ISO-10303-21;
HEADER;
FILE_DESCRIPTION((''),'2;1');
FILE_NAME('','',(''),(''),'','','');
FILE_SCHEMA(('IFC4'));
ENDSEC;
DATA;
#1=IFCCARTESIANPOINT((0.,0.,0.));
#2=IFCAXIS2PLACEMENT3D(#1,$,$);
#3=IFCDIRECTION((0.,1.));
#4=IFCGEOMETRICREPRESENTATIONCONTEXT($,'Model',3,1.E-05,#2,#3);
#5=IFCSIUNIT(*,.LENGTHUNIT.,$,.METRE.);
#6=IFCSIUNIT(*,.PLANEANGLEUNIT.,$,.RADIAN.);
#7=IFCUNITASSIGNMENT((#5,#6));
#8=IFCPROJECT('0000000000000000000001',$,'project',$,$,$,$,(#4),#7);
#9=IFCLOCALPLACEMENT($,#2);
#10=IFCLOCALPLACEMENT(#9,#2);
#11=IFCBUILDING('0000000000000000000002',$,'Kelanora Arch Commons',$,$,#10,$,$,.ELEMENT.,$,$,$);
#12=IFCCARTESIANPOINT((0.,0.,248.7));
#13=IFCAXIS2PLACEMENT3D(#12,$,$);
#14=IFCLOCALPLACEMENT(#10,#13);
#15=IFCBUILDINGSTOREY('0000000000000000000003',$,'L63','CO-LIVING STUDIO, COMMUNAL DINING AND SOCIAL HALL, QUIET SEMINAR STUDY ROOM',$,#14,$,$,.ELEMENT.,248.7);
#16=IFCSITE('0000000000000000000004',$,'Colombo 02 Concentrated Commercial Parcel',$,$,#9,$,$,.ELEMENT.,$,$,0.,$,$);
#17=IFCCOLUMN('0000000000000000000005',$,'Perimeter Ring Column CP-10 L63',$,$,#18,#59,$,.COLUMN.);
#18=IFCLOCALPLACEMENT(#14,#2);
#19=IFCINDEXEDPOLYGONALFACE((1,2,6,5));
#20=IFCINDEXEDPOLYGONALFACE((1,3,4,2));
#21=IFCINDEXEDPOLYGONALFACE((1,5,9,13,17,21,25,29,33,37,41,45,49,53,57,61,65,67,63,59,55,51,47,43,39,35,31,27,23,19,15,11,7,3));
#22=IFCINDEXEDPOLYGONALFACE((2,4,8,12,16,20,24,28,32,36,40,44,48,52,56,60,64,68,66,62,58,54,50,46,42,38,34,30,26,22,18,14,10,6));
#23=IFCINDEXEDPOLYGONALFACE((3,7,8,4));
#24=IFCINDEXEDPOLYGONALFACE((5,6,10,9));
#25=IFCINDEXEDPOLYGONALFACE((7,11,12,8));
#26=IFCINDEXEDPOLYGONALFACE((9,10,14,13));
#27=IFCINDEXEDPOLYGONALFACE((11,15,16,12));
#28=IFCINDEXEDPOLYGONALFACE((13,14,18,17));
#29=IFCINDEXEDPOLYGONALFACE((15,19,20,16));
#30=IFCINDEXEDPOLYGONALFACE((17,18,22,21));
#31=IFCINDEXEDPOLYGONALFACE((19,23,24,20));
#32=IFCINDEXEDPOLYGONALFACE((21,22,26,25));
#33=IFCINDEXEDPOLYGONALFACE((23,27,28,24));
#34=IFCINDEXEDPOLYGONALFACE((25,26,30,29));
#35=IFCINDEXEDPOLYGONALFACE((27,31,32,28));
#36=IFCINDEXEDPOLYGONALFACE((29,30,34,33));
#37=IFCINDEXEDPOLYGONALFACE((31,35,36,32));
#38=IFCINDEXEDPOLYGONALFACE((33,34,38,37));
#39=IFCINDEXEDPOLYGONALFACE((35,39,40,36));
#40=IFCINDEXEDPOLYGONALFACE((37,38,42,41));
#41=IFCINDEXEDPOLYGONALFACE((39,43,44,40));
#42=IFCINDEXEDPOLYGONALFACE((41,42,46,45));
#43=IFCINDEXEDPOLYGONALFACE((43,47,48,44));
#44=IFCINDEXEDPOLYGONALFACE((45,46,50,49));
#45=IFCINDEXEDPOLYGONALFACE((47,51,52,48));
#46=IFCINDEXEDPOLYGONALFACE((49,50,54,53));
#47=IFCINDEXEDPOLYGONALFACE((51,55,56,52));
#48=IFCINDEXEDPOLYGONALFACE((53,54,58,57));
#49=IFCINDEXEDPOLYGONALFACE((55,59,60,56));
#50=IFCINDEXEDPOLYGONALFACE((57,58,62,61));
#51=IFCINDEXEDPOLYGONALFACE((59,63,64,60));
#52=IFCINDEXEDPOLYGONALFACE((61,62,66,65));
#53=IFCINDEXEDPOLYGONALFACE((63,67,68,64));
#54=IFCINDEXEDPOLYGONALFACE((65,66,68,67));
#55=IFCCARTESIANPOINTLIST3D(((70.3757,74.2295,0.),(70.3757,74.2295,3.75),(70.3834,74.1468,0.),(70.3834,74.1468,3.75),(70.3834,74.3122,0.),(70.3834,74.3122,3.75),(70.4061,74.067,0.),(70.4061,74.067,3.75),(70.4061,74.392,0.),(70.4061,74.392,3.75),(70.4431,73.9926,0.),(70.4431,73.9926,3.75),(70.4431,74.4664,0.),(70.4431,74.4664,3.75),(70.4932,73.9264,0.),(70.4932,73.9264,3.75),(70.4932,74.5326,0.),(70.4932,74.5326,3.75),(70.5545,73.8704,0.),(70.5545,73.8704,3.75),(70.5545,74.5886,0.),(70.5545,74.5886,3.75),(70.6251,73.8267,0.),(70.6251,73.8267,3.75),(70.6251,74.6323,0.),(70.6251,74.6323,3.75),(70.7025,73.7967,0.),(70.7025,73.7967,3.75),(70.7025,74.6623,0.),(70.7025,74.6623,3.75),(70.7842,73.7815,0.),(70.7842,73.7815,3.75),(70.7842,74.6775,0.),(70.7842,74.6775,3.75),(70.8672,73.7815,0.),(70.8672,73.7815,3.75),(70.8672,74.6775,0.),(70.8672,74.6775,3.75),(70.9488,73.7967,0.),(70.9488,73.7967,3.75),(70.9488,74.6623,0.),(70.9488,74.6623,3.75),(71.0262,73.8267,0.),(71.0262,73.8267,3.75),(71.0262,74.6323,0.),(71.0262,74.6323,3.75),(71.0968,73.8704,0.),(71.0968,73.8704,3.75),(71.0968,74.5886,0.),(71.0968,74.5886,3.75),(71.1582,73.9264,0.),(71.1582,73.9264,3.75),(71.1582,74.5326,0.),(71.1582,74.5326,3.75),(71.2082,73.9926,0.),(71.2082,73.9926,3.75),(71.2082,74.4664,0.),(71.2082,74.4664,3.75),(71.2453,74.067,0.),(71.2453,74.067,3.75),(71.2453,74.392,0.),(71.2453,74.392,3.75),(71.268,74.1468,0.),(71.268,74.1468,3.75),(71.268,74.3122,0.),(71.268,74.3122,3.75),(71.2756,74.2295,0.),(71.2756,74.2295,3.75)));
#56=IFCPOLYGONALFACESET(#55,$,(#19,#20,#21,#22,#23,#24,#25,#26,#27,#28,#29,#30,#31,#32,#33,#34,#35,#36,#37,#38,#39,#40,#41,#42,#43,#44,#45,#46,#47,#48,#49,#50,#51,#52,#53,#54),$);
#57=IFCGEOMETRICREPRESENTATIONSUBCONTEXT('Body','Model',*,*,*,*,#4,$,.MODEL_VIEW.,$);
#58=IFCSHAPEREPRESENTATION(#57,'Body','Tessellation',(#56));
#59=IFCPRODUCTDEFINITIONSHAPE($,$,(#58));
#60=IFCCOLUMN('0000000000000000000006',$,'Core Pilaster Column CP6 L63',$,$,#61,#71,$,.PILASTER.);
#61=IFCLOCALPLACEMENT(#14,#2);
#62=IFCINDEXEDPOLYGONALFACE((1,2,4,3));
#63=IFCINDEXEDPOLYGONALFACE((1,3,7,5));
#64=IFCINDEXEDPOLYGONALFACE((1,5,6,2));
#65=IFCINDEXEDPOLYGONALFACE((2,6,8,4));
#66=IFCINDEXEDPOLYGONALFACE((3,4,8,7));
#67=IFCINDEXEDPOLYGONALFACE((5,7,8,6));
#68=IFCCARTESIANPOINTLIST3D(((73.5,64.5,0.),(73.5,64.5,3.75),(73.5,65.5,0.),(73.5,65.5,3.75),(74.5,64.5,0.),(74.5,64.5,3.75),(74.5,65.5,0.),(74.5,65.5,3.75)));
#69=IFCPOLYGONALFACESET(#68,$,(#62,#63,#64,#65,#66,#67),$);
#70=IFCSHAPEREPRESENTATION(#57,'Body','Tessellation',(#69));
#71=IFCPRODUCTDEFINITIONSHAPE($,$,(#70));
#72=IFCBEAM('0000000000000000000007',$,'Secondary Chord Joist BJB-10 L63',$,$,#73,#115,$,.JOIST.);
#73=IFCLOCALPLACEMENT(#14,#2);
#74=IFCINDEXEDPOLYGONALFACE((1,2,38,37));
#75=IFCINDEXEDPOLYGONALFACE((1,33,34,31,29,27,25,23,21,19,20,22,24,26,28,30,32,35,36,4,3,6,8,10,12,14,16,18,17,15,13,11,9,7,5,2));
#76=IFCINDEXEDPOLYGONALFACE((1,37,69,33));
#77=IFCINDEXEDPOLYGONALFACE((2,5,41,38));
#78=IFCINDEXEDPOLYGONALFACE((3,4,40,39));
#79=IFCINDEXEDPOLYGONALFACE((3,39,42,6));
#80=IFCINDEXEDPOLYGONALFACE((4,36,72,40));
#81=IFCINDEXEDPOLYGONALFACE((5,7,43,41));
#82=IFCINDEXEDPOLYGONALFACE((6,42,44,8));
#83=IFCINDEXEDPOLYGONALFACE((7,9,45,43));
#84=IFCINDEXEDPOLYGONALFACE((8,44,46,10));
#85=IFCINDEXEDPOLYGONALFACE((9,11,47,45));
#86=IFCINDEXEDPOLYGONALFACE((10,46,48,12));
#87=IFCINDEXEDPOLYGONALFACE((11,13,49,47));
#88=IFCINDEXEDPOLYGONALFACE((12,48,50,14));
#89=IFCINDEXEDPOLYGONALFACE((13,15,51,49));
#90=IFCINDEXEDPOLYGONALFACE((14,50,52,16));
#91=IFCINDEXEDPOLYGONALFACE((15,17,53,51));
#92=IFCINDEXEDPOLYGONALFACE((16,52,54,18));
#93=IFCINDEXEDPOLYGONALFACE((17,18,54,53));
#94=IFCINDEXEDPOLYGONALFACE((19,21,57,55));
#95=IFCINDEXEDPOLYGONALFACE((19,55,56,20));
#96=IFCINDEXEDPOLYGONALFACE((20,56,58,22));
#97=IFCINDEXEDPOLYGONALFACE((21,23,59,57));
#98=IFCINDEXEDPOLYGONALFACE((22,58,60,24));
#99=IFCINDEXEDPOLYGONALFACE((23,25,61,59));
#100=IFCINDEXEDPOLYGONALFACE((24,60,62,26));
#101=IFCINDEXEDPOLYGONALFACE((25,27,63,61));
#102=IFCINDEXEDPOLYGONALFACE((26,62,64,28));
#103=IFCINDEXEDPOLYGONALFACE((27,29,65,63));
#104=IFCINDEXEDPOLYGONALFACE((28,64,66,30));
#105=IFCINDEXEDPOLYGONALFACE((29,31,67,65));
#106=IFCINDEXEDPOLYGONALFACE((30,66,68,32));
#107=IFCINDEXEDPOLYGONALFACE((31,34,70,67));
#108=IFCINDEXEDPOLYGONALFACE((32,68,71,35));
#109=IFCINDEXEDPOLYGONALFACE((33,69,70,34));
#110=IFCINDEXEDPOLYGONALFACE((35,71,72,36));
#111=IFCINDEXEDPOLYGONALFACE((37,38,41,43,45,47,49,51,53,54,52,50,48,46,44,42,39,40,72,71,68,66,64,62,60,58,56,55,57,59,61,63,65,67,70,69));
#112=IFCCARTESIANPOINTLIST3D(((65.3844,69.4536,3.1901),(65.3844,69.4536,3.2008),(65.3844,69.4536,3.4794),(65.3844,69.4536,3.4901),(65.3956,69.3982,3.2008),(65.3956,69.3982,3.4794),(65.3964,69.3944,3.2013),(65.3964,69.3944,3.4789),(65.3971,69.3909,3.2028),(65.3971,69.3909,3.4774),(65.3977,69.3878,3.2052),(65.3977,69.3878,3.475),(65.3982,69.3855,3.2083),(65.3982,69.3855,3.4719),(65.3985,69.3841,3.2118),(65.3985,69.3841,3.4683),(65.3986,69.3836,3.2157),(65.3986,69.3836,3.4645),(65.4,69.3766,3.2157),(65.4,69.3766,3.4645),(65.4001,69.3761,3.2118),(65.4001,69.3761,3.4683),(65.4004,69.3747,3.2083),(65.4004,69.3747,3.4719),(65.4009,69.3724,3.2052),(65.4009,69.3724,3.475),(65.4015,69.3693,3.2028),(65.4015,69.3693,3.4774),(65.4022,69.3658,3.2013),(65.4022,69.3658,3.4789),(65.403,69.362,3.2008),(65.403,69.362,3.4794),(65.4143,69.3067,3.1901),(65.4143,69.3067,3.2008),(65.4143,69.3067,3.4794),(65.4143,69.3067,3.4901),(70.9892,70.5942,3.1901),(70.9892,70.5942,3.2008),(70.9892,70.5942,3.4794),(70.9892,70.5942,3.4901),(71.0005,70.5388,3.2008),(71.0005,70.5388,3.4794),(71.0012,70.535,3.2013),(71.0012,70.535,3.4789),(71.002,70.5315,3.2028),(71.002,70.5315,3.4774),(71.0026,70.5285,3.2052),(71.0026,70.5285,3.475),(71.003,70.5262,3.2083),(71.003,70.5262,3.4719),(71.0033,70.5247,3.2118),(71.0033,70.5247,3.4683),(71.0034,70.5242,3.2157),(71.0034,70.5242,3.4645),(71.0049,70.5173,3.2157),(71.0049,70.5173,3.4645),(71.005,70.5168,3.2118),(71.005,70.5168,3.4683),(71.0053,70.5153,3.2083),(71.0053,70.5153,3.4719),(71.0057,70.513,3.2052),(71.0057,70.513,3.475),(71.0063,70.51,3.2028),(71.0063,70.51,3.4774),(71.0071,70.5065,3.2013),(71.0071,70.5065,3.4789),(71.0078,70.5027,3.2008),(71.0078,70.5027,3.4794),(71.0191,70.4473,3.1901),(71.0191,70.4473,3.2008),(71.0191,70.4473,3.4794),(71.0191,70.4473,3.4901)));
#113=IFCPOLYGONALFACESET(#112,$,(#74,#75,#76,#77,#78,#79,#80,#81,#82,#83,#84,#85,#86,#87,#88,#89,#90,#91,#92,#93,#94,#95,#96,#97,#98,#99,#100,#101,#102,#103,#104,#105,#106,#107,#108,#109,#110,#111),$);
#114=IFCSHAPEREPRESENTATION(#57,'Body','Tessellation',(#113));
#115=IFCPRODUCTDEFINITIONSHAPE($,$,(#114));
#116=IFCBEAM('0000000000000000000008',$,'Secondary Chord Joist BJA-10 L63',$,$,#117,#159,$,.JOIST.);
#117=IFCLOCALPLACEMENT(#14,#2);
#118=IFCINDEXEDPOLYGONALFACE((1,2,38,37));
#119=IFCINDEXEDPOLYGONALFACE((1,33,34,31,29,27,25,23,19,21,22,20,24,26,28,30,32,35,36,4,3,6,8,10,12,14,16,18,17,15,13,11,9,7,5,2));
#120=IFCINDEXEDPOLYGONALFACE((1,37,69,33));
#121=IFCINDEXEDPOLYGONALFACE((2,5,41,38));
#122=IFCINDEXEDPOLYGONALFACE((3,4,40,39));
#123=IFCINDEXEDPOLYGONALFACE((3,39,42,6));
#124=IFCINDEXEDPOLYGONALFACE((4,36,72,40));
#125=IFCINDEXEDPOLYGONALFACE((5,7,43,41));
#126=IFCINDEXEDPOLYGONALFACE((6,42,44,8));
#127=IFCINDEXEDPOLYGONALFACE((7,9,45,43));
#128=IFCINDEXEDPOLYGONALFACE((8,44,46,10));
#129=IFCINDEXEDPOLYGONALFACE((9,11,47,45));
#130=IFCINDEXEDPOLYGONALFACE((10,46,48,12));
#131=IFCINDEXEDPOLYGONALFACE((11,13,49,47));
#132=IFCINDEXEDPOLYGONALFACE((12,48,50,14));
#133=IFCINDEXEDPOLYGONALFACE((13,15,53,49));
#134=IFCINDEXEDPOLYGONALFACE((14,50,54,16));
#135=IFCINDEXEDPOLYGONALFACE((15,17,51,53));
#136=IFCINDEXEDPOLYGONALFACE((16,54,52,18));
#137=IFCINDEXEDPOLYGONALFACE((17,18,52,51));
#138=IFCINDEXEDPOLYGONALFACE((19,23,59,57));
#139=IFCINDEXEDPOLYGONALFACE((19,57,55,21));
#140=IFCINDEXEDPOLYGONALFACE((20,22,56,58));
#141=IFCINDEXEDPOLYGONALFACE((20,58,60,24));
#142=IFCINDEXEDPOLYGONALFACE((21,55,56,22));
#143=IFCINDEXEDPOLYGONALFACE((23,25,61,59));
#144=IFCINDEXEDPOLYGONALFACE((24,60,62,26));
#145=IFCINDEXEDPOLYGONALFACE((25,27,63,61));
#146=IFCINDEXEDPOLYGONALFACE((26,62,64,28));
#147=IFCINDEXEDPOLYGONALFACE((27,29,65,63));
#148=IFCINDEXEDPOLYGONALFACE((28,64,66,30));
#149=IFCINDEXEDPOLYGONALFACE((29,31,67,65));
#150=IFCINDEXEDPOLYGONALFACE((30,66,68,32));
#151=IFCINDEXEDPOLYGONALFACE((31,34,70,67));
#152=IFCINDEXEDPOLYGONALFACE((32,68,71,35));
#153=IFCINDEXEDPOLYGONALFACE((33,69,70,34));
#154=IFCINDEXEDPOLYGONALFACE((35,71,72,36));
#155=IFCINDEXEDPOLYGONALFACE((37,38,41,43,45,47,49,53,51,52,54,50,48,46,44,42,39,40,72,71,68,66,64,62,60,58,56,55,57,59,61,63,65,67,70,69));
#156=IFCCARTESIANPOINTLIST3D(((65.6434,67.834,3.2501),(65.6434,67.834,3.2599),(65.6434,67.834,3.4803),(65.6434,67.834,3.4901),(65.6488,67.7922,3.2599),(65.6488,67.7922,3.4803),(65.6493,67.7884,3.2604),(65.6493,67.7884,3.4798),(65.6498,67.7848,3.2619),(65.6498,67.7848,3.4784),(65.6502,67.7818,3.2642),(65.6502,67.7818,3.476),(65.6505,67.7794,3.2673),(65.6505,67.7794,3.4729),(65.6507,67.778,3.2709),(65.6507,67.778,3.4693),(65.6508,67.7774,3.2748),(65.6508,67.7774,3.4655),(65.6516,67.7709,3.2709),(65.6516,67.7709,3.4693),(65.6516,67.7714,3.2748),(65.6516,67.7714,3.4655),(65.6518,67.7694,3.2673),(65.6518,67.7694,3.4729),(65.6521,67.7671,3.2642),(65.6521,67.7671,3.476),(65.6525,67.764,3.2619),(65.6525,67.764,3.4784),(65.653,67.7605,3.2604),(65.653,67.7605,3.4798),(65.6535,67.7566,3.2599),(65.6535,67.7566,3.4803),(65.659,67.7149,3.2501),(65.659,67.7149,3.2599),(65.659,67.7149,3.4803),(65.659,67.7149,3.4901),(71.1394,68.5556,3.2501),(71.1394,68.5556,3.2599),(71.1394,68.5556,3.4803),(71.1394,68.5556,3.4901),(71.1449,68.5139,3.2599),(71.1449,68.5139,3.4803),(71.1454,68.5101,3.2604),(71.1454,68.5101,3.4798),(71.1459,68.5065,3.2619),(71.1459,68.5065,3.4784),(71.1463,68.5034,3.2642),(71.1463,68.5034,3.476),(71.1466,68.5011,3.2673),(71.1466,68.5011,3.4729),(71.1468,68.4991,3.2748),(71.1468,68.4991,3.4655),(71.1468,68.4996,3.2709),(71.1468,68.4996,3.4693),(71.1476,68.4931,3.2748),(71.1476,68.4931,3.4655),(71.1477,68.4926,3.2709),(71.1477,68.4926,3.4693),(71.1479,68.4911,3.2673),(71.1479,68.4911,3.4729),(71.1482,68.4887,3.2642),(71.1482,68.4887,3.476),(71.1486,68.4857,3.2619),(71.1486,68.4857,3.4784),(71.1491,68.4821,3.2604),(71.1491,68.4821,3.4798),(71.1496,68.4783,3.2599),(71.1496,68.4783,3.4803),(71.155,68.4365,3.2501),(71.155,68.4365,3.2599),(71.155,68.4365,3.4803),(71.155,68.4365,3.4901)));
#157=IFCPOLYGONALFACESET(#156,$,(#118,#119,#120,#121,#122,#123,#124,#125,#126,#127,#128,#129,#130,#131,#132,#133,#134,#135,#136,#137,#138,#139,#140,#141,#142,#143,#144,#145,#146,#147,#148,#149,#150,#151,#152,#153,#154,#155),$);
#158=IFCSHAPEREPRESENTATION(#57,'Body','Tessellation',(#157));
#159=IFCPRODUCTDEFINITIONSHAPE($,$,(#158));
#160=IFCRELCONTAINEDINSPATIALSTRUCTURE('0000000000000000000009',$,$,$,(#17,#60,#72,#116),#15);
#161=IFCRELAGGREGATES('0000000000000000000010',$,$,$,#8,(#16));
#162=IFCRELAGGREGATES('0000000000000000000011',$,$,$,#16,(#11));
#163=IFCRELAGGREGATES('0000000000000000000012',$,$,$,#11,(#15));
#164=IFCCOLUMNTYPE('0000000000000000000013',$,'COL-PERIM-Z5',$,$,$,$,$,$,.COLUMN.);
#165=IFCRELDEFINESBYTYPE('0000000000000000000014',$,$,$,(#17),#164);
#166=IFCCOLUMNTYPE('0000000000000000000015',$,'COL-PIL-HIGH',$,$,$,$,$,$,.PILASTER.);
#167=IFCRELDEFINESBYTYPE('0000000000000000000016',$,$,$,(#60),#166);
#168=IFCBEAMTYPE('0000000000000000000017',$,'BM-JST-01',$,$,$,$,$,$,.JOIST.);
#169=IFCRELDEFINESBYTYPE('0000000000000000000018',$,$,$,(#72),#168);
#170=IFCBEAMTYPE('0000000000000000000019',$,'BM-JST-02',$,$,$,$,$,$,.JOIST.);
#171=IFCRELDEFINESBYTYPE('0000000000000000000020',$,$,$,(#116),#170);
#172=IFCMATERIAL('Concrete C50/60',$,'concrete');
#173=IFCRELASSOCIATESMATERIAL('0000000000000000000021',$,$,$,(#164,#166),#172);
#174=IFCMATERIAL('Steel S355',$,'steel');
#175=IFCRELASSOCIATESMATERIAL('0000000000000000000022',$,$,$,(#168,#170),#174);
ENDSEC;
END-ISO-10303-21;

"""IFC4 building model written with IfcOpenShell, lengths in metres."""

from ifc_helpers import new_model, si_unit, direction, frame, origin, origin_2d, place, context, subcontext, project, spatial, rectangle, circle, i_section, extrude, material, material_profile, profile_set, type_object, element, save


model = new_model("IFC4")

# Units and contexts
model_context = context("Model", 3, precision=1e-05, world=origin(), true_north=direction((0.0, 1.0)))
body_context = subcontext(model_context, "Body", "Model", "MODEL_VIEW")
ifc_project = project(units=[si_unit("LENGTHUNIT", "METRE"), si_unit("PLANEANGLEUNIT", "RADIAN")], contexts=[model_context])

# Site, building, storey
site_placement = place(None, origin())
site = spatial("IfcSite", under=ifc_project, at=site_placement, Name="Colombo 02 Concentrated Commercial Parcel", CompositionType="ELEMENT", RefElevation=0.0)
building_placement = place(site_placement, origin())
building = spatial("IfcBuilding", under=site, at=building_placement, Name="Kelanora Arch Commons", CompositionType="ELEMENT")
storey_placement = place(building_placement, frame((0.0, 0.0, 248.7)))
storey = spatial("IfcBuildingStorey", under=building, at=storey_placement, Name="L63", Description="CO-LIVING STUDIO, COMMUNAL DINING AND SOCIAL HALL, QUIET SEMINAR STUDY ROOM", CompositionType="ELEMENT", Elevation=248.7)

# Columns
ifc_material_1 = material(Name="Concrete C50/60", Category="concrete")
ifc_material_profile_1 = material_profile(ifc_material_1, circle(Radius=0.45, at=origin_2d()), Name="RCC900")
ifc_profile_set_1 = profile_set([ifc_material_profile_1], Name="Concrete C50/60")
column_type_1 = type_object("IfcColumnType", Name="COL-PERIM-Z5", PredefinedType="COLUMN", material=ifc_profile_set_1)
column_1_placement = place(storey_placement, frame((70.8257, 74.2295, 0.0), z_axis=(0.0, 0.0, 1.0), x_axis=(1.0, 0.0, 0.0)))
element("IfcColumn", 1, at=column_1_placement, inside=storey, type_object=column_type_1, Name="Perimeter Ring Column CP-10 L63", PredefinedType="COLUMN", context=body_context, shape_type="SweptSolid", body=[
    extrude(circle(Radius=0.45, at=origin_2d()), origin(), (0.0, 0.0, 1.0), 3.75),
])
ifc_material_profile_2 = material_profile(ifc_material_1, rectangle(XDim=1.0, YDim=1.0, at=origin_2d()), Name="RC1000x1000")
ifc_profile_set_2 = profile_set([ifc_material_profile_2], Name="Concrete C50/60")
column_type_2 = type_object("IfcColumnType", Name="COL-PIL-HIGH", PredefinedType="PILASTER", material=ifc_profile_set_2)
column_2_placement = place(storey_placement, frame((74.0, 65.0, 0.0), z_axis=(0.0, 0.0, 1.0), x_axis=(1.0, 0.0, 0.0)))
element("IfcColumn", 2, at=column_2_placement, inside=storey, type_object=column_type_2, Name="Core Pilaster Column CP6 L63", PredefinedType="PILASTER", context=body_context, shape_type="SweptSolid", body=[
    extrude(rectangle(XDim=1.0, YDim=1.0, at=origin_2d()), origin(), (0.0, 0.0, 1.0), 3.75),
])

# Beams
ifc_material_2 = material(Name="Steel S355", Category="steel")
ifc_material_profile_3 = material_profile(ifc_material_2, i_section(OverallWidth=0.1499, OverallDepth=0.3, WebThickness=0.0071, FlangeThickness=0.0107, FilletRadius=0.0149, at=origin_2d()), Name="IPE300")
ifc_profile_set_3 = profile_set([ifc_material_profile_3], Name="Steel S355")
beam_type_1 = type_object("IfcBeamType", Name="BM-JST-01", PredefinedType="JOIST", material=ifc_profile_set_3)
beam_1_placement = place(storey_placement, frame((71.0042, 70.5208, 3.3401), z_axis=(-0.979913, -0.199423, 0.0), x_axis=(0.199423, -0.979913, 0.0)))
element("IfcBeam", 3, at=beam_1_placement, inside=storey, type_object=beam_type_1, Name="Secondary Chord Joist BJB-10 L63", PredefinedType="JOIST", context=body_context, shape_type="SweptSolid", body=[
    extrude(i_section(OverallWidth=0.1499, OverallDepth=0.3, WebThickness=0.0071, FlangeThickness=0.0107, FilletRadius=0.0149, at=origin_2d()), origin(), (0.0, 0.0, 1.0), 5.7197),
])
ifc_material_profile_4 = material_profile(ifc_material_2, i_section(OverallWidth=0.1201, OverallDepth=0.24, WebThickness=0.0061, FlangeThickness=0.0098, FilletRadius=0.0149, at=origin_2d()), Name="IPE240")
ifc_profile_set_4 = profile_set([ifc_material_profile_4], Name="Steel S355")
beam_type_2 = type_object("IfcBeamType", Name="BM-JST-02", PredefinedType="JOIST", material=ifc_profile_set_4)
beam_2_placement = place(storey_placement, frame((71.1472, 68.4961, 3.3701), z_axis=(-0.991489, -0.13019, 0.0), x_axis=(0.13019, -0.991489, 0.0)))
element("IfcBeam", 4, at=beam_2_placement, inside=storey, type_object=beam_type_2, Name="Secondary Chord Joist BJA-10 L63", PredefinedType="JOIST", context=body_context, shape_type="SweptSolid", body=[
    extrude(i_section(OverallWidth=0.1201, OverallDepth=0.24, WebThickness=0.0061, FlangeThickness=0.0098, FilletRadius=0.0149, at=origin_2d()), origin(), (0.0, 0.0, 1.0), 5.5432),
])

save(model, "model.ifc")
